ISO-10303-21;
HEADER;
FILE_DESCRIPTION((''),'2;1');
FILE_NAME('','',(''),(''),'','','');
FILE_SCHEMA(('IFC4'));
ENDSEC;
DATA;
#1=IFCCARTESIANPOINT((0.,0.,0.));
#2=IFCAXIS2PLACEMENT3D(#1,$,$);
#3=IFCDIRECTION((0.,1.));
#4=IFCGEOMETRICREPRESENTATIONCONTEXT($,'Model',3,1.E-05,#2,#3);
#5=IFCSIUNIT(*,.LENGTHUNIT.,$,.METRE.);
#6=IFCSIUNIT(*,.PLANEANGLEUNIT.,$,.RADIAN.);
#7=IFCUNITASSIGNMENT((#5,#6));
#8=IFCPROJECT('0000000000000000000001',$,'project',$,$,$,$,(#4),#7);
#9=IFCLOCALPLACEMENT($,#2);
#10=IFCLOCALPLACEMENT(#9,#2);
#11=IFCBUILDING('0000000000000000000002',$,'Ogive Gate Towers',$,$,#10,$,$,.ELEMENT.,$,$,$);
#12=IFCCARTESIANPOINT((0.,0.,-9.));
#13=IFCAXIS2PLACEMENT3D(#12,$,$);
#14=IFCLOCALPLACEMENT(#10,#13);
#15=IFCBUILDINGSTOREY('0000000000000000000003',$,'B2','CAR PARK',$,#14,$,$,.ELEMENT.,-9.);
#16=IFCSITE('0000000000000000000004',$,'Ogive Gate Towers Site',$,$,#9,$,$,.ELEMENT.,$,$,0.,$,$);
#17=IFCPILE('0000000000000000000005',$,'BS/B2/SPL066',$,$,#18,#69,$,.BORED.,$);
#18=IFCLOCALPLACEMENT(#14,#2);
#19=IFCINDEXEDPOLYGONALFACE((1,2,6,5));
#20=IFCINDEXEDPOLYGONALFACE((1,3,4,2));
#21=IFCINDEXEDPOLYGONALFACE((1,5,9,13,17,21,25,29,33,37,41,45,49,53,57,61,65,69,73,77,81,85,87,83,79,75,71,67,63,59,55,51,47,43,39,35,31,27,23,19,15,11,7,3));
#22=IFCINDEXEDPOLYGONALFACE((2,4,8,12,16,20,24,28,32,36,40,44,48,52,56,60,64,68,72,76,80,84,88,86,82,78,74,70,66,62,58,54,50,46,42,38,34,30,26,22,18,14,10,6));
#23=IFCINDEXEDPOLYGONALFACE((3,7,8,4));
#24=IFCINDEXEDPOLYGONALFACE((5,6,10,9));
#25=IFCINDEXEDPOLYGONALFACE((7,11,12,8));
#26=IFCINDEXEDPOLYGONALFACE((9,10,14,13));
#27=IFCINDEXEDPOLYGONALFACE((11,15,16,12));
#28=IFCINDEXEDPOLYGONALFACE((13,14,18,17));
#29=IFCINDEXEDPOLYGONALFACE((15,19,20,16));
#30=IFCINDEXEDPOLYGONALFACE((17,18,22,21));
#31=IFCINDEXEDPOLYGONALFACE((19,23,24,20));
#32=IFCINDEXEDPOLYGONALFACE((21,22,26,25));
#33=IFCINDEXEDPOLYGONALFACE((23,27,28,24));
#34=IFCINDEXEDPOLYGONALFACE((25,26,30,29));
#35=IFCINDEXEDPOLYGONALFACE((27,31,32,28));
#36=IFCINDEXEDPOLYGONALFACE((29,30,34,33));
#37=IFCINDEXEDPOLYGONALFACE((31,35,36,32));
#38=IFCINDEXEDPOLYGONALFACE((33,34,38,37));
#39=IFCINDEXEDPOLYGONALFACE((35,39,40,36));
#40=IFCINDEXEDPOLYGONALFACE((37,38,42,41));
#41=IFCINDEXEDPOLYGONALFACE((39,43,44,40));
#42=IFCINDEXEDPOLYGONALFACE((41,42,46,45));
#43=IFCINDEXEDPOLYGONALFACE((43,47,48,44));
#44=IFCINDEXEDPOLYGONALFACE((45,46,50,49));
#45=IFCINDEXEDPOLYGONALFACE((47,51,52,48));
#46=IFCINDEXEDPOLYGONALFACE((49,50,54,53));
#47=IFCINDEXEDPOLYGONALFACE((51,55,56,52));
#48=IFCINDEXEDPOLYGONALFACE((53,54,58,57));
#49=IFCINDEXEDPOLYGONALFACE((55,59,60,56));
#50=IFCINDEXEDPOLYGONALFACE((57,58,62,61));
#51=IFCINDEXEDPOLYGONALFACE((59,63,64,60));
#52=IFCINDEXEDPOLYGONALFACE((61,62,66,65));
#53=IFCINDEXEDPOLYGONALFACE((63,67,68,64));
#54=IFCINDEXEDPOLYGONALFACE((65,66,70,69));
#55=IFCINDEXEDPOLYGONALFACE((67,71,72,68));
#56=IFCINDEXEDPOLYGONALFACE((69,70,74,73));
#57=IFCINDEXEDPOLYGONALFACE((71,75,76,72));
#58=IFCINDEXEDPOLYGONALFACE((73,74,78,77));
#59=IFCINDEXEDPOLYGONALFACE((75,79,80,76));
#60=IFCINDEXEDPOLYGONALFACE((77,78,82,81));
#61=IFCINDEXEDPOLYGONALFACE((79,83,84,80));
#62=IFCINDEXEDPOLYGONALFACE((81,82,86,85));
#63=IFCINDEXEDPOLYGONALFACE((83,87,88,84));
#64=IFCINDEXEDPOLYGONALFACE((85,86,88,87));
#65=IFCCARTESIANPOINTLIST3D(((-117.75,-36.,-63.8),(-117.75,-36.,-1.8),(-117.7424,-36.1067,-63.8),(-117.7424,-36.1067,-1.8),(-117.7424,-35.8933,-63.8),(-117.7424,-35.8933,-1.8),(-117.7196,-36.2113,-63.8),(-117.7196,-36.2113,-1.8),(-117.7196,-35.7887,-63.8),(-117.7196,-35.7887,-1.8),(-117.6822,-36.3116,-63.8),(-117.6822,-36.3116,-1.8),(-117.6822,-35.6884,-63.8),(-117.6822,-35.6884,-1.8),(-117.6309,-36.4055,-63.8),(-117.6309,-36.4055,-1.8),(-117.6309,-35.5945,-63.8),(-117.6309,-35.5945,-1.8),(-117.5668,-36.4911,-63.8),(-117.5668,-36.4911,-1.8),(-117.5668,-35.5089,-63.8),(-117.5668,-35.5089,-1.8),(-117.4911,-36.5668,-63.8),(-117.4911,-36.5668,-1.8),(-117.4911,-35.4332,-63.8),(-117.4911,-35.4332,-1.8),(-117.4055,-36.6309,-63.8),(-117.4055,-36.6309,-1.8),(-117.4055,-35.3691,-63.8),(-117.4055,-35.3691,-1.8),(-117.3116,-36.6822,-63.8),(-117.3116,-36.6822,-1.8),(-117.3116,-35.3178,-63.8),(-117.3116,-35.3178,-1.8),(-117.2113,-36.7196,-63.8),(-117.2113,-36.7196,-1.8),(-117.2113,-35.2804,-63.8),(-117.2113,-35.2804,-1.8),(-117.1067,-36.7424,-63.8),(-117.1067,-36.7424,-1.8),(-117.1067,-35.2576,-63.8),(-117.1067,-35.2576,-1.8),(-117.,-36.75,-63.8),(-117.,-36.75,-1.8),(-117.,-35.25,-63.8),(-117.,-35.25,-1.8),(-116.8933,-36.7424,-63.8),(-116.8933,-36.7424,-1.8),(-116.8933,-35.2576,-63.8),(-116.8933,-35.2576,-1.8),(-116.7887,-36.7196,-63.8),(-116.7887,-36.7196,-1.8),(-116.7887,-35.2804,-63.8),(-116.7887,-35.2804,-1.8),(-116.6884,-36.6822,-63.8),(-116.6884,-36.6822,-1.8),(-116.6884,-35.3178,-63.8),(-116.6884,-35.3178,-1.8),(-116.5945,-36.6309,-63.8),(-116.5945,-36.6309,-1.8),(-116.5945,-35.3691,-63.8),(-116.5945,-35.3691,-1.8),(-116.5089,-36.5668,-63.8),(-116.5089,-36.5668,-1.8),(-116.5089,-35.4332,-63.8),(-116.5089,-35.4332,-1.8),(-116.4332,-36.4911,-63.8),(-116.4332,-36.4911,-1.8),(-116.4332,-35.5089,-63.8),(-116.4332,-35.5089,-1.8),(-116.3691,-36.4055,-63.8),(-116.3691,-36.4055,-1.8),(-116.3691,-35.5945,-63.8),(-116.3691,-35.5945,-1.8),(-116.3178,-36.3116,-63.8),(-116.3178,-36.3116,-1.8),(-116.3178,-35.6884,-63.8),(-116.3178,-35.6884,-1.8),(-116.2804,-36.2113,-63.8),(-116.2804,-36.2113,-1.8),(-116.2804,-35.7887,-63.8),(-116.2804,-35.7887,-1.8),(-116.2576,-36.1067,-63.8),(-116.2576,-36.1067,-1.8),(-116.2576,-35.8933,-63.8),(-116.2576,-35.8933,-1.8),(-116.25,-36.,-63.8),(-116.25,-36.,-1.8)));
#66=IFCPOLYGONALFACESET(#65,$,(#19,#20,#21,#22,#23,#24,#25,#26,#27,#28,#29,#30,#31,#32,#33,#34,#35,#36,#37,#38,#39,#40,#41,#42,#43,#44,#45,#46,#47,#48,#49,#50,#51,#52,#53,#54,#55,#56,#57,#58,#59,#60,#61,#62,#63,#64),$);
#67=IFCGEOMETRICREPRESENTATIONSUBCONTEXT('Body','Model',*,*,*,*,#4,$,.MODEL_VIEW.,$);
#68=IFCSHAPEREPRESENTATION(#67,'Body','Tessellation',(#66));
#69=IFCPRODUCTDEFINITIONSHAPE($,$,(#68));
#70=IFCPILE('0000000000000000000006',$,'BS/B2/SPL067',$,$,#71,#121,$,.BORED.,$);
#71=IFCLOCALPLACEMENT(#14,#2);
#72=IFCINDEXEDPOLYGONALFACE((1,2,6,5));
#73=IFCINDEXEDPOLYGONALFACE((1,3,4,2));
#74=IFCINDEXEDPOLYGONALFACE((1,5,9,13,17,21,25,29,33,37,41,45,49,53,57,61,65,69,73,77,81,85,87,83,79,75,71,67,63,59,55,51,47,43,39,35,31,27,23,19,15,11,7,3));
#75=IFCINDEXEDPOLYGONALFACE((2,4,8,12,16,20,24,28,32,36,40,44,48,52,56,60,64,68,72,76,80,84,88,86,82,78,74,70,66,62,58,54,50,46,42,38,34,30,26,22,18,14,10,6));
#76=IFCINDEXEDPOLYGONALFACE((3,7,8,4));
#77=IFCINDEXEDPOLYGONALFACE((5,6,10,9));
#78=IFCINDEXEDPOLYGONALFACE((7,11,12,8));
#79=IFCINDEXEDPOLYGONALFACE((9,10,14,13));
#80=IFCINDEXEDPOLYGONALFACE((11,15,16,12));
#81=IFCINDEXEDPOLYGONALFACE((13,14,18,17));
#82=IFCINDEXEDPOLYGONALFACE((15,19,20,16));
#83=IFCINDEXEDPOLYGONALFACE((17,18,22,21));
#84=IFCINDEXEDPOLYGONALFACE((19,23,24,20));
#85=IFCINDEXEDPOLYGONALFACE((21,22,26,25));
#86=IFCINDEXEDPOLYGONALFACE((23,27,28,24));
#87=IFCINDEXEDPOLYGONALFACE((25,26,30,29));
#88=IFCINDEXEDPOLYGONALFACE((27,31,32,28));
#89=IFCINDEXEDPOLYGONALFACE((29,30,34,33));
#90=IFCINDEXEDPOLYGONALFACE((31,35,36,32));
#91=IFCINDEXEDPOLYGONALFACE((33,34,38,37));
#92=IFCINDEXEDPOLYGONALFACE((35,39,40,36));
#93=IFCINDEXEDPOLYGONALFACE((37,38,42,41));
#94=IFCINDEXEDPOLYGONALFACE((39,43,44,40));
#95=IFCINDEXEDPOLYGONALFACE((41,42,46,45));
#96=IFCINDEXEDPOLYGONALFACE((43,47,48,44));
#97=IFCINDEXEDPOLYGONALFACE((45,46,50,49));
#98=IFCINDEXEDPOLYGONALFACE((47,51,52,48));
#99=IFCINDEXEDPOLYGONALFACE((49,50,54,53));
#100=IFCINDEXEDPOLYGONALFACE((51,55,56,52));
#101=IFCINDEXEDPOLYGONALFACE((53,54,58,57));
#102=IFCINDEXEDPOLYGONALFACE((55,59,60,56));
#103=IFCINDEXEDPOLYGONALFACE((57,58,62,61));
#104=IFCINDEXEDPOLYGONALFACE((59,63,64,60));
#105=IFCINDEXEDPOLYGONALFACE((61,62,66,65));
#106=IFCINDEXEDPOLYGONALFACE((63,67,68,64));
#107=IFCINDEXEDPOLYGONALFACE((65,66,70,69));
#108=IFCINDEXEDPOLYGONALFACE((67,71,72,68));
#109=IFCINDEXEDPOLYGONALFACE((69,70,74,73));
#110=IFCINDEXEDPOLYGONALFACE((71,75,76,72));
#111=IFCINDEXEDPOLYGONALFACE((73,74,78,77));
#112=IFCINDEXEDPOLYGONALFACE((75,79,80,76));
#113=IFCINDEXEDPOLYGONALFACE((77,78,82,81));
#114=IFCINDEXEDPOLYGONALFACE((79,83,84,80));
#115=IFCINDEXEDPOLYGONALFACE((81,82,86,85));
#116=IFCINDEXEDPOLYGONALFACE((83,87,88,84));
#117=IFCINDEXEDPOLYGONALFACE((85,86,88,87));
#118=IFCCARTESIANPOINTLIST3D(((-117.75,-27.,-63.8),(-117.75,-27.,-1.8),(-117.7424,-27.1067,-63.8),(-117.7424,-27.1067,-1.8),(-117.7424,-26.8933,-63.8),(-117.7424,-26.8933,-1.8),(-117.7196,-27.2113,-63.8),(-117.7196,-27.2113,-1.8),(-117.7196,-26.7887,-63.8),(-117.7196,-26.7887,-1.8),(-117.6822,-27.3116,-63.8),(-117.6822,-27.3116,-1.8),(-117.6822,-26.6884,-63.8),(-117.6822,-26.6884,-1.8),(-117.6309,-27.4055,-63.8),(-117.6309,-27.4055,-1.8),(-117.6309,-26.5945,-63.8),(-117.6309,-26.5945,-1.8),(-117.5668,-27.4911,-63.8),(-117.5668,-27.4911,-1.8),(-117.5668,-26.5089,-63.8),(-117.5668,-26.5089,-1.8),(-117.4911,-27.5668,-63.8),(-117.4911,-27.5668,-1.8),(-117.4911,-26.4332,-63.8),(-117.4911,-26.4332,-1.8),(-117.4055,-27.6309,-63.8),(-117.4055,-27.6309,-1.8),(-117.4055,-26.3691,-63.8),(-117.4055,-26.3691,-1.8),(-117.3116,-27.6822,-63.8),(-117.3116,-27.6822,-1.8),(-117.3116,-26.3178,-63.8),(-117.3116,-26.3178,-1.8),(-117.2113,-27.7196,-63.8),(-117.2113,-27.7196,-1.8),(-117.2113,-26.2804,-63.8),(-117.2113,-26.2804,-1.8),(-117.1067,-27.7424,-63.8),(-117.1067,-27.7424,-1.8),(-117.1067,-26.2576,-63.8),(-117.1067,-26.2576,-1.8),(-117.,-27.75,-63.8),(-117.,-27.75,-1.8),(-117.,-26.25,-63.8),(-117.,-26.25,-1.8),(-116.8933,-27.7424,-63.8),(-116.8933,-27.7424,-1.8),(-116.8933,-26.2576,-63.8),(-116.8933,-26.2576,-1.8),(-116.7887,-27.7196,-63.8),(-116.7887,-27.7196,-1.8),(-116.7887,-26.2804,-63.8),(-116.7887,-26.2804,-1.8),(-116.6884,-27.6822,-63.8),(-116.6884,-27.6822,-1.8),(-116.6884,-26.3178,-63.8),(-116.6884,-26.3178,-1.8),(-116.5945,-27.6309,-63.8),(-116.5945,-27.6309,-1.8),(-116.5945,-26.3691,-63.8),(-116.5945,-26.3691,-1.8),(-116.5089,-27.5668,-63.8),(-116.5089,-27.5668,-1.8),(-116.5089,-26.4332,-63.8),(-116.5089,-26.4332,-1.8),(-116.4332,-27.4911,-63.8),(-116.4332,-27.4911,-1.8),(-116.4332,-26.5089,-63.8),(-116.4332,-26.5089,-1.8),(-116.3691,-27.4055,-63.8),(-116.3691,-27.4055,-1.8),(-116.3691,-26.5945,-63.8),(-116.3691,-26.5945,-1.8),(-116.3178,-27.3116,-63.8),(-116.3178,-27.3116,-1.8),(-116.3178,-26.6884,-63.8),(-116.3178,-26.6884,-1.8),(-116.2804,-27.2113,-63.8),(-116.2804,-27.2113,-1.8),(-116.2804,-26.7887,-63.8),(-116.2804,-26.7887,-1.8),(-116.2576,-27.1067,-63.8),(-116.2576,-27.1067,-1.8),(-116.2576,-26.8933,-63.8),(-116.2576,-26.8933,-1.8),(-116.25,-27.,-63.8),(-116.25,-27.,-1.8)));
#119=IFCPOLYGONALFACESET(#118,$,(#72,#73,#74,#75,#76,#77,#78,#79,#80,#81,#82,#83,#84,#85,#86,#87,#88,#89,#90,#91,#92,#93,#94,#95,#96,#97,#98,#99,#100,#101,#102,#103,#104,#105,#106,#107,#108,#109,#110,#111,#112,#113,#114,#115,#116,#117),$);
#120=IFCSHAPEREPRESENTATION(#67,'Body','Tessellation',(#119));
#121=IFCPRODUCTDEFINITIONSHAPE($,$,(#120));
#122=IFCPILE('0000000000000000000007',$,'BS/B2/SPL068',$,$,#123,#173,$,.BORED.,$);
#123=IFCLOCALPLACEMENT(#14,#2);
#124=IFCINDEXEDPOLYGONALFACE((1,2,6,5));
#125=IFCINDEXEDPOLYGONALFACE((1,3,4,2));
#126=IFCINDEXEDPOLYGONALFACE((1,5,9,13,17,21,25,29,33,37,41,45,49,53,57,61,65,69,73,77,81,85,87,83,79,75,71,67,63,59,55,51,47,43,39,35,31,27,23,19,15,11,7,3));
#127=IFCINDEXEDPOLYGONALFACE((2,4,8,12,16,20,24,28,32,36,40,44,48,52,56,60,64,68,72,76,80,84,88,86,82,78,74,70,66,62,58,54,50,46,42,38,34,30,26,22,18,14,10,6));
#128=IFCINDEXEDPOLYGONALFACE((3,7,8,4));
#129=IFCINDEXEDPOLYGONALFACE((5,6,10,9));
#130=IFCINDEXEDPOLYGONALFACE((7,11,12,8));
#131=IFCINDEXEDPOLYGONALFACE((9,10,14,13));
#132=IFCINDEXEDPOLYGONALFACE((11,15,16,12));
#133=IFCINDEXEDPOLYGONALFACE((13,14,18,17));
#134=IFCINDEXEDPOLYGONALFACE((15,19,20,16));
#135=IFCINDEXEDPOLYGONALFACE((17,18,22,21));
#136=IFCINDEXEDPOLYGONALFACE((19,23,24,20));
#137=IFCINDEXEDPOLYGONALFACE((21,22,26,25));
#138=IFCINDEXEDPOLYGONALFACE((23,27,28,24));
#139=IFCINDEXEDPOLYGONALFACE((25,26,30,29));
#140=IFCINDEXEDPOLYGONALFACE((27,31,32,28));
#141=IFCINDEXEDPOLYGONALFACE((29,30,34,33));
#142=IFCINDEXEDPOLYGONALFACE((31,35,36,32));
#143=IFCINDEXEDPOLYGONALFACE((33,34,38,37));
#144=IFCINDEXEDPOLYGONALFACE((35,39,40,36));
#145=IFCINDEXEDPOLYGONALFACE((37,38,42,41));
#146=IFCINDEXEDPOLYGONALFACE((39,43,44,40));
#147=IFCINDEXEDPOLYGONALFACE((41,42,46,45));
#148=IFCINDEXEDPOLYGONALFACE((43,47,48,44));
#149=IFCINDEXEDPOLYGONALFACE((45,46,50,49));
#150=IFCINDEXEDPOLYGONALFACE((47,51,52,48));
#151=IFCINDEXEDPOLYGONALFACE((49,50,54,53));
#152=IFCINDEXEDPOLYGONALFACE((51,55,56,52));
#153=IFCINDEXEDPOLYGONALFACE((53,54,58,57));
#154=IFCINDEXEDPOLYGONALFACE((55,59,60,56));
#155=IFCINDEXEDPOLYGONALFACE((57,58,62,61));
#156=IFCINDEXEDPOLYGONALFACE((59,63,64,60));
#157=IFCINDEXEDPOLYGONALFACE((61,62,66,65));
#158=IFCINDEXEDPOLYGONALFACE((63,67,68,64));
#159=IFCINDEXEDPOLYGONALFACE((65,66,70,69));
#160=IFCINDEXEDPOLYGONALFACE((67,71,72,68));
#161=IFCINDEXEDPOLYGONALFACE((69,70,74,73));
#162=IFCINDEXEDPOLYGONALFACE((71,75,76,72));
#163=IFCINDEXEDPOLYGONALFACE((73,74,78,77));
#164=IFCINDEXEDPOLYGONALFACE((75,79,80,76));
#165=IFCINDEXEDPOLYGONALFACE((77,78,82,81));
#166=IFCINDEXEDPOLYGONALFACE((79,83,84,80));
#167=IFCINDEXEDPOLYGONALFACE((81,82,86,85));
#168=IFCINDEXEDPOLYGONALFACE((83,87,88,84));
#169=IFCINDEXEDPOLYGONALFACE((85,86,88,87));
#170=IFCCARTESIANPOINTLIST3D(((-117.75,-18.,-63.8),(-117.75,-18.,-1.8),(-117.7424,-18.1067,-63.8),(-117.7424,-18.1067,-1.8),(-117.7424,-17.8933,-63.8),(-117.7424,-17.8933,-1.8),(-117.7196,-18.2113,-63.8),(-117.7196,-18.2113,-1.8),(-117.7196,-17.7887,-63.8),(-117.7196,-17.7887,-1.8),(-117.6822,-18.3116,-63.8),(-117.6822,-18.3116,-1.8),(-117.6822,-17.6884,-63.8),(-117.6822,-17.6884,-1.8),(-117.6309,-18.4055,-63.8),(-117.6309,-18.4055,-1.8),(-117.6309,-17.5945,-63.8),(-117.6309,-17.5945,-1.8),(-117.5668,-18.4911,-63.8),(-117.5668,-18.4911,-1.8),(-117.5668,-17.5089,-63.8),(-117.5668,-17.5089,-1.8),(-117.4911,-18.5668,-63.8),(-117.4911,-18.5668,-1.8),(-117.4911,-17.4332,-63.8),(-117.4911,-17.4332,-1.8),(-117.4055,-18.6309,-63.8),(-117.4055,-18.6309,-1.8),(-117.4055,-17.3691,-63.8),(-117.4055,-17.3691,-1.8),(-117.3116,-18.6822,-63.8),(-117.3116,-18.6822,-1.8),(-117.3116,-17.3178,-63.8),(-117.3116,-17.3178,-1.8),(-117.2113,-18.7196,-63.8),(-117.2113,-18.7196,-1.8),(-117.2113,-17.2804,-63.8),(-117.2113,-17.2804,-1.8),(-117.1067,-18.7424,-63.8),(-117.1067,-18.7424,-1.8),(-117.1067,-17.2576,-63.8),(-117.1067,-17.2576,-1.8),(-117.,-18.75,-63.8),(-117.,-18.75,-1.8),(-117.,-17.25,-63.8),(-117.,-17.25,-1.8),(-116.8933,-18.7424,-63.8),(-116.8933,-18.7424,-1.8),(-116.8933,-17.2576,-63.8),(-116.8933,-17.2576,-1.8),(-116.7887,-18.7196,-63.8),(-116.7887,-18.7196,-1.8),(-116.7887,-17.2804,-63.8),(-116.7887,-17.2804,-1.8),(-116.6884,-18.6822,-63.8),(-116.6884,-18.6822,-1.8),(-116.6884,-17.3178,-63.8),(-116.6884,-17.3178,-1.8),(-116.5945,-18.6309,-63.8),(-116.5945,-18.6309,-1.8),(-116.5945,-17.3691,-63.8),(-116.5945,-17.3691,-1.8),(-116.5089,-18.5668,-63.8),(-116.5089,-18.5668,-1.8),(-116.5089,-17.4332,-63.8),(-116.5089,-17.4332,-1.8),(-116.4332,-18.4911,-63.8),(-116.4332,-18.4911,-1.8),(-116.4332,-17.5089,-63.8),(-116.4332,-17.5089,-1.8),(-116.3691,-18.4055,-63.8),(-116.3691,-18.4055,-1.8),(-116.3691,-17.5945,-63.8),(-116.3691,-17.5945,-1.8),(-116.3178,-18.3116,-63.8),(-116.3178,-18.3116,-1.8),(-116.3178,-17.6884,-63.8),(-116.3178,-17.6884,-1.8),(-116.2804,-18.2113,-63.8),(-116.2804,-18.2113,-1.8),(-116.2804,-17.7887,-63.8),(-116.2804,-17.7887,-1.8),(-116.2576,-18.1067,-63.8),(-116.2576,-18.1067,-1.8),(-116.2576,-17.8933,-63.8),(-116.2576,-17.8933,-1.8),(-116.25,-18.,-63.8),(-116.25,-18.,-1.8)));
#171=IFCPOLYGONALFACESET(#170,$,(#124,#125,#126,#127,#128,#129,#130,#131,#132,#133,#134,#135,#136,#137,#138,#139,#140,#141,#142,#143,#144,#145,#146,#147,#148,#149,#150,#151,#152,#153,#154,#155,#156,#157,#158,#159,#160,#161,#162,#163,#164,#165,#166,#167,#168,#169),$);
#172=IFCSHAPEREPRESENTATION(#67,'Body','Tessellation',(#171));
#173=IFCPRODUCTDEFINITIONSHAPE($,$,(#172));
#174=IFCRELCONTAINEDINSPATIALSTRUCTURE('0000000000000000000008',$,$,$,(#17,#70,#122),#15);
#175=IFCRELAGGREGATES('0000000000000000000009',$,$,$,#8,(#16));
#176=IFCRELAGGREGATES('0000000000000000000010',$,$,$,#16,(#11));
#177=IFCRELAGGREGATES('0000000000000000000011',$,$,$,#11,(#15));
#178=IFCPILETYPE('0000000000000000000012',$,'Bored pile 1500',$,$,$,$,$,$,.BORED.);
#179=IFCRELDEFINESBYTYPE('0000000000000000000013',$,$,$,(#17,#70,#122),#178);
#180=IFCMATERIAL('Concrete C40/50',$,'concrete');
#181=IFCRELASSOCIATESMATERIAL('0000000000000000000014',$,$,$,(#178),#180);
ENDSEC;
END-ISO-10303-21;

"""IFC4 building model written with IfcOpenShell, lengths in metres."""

from ifc_helpers import new_model, si_unit, direction, frame, origin, origin_2d, place, context, subcontext, project, spatial, circle, extrude, material, material_profile, profile_set, type_object, element, save


model = new_model("IFC4")

# Units and contexts
model_context = context("Model", 3, precision=1e-05, world=origin(), true_north=direction((0.0, 1.0)))
body_context = subcontext(model_context, "Body", "Model", "MODEL_VIEW")
ifc_project = project(units=[si_unit("LENGTHUNIT", "METRE"), si_unit("PLANEANGLEUNIT", "RADIAN")], contexts=[model_context])

# Site, building, storey
site_placement = place(None, origin())
site = spatial("IfcSite", under=ifc_project, at=site_placement, Name="Ogive Gate Towers Site", CompositionType="ELEMENT", RefElevation=0.0)
building_placement = place(site_placement, origin())
building = spatial("IfcBuilding", under=site, at=building_placement, Name="Ogive Gate Towers", CompositionType="ELEMENT")
storey_placement = place(building_placement, frame((0.0, 0.0, -9.0)))
storey = spatial("IfcBuildingStorey", under=building, at=storey_placement, Name="B2", Description="CAR PARK", CompositionType="ELEMENT", Elevation=-9.0)

# Piles
ifc_material_1 = material(Name="Concrete C40/50", Category="concrete")
ifc_material_profile_1 = material_profile(ifc_material_1, circle(Radius=0.75, at=origin_2d()), Name="BP 1500")
ifc_profile_set_1 = profile_set([ifc_material_profile_1], Name="Concrete C40/50")
pile_type = type_object("IfcPileType", Name="Bored pile 1500", PredefinedType="BORED", material=ifc_profile_set_1)
for number, where, z_axis, x_axis, name in (
    (1, (-117.0, -36.0, -1.8), (0.0, 0.0, -1.0), (1.0, 0.0, 0.0), "BS/B2/SPL066"),
    (2, (-117.0, -27.0, -1.8), (0.0, 0.0, -1.0), (1.0, 0.0, 0.0), "BS/B2/SPL067"),
    (3, (-117.0, -18.0, -1.8), (0.0, 0.0, -1.0), (1.0, 0.0, 0.0), "BS/B2/SPL068"),
):
    element("IfcPile", number, at=place(storey_placement, frame(where, z_axis=z_axis, x_axis=x_axis)), inside=storey, type_object=pile_type, Name=name, PredefinedType="BORED", context=body_context, shape_type="SweptSolid", body=[
        extrude(circle(Radius=0.75, at=origin_2d()), origin(), (0.0, 0.0, 1.0), 62.0),
    ])

save(model, "model.ifc")
